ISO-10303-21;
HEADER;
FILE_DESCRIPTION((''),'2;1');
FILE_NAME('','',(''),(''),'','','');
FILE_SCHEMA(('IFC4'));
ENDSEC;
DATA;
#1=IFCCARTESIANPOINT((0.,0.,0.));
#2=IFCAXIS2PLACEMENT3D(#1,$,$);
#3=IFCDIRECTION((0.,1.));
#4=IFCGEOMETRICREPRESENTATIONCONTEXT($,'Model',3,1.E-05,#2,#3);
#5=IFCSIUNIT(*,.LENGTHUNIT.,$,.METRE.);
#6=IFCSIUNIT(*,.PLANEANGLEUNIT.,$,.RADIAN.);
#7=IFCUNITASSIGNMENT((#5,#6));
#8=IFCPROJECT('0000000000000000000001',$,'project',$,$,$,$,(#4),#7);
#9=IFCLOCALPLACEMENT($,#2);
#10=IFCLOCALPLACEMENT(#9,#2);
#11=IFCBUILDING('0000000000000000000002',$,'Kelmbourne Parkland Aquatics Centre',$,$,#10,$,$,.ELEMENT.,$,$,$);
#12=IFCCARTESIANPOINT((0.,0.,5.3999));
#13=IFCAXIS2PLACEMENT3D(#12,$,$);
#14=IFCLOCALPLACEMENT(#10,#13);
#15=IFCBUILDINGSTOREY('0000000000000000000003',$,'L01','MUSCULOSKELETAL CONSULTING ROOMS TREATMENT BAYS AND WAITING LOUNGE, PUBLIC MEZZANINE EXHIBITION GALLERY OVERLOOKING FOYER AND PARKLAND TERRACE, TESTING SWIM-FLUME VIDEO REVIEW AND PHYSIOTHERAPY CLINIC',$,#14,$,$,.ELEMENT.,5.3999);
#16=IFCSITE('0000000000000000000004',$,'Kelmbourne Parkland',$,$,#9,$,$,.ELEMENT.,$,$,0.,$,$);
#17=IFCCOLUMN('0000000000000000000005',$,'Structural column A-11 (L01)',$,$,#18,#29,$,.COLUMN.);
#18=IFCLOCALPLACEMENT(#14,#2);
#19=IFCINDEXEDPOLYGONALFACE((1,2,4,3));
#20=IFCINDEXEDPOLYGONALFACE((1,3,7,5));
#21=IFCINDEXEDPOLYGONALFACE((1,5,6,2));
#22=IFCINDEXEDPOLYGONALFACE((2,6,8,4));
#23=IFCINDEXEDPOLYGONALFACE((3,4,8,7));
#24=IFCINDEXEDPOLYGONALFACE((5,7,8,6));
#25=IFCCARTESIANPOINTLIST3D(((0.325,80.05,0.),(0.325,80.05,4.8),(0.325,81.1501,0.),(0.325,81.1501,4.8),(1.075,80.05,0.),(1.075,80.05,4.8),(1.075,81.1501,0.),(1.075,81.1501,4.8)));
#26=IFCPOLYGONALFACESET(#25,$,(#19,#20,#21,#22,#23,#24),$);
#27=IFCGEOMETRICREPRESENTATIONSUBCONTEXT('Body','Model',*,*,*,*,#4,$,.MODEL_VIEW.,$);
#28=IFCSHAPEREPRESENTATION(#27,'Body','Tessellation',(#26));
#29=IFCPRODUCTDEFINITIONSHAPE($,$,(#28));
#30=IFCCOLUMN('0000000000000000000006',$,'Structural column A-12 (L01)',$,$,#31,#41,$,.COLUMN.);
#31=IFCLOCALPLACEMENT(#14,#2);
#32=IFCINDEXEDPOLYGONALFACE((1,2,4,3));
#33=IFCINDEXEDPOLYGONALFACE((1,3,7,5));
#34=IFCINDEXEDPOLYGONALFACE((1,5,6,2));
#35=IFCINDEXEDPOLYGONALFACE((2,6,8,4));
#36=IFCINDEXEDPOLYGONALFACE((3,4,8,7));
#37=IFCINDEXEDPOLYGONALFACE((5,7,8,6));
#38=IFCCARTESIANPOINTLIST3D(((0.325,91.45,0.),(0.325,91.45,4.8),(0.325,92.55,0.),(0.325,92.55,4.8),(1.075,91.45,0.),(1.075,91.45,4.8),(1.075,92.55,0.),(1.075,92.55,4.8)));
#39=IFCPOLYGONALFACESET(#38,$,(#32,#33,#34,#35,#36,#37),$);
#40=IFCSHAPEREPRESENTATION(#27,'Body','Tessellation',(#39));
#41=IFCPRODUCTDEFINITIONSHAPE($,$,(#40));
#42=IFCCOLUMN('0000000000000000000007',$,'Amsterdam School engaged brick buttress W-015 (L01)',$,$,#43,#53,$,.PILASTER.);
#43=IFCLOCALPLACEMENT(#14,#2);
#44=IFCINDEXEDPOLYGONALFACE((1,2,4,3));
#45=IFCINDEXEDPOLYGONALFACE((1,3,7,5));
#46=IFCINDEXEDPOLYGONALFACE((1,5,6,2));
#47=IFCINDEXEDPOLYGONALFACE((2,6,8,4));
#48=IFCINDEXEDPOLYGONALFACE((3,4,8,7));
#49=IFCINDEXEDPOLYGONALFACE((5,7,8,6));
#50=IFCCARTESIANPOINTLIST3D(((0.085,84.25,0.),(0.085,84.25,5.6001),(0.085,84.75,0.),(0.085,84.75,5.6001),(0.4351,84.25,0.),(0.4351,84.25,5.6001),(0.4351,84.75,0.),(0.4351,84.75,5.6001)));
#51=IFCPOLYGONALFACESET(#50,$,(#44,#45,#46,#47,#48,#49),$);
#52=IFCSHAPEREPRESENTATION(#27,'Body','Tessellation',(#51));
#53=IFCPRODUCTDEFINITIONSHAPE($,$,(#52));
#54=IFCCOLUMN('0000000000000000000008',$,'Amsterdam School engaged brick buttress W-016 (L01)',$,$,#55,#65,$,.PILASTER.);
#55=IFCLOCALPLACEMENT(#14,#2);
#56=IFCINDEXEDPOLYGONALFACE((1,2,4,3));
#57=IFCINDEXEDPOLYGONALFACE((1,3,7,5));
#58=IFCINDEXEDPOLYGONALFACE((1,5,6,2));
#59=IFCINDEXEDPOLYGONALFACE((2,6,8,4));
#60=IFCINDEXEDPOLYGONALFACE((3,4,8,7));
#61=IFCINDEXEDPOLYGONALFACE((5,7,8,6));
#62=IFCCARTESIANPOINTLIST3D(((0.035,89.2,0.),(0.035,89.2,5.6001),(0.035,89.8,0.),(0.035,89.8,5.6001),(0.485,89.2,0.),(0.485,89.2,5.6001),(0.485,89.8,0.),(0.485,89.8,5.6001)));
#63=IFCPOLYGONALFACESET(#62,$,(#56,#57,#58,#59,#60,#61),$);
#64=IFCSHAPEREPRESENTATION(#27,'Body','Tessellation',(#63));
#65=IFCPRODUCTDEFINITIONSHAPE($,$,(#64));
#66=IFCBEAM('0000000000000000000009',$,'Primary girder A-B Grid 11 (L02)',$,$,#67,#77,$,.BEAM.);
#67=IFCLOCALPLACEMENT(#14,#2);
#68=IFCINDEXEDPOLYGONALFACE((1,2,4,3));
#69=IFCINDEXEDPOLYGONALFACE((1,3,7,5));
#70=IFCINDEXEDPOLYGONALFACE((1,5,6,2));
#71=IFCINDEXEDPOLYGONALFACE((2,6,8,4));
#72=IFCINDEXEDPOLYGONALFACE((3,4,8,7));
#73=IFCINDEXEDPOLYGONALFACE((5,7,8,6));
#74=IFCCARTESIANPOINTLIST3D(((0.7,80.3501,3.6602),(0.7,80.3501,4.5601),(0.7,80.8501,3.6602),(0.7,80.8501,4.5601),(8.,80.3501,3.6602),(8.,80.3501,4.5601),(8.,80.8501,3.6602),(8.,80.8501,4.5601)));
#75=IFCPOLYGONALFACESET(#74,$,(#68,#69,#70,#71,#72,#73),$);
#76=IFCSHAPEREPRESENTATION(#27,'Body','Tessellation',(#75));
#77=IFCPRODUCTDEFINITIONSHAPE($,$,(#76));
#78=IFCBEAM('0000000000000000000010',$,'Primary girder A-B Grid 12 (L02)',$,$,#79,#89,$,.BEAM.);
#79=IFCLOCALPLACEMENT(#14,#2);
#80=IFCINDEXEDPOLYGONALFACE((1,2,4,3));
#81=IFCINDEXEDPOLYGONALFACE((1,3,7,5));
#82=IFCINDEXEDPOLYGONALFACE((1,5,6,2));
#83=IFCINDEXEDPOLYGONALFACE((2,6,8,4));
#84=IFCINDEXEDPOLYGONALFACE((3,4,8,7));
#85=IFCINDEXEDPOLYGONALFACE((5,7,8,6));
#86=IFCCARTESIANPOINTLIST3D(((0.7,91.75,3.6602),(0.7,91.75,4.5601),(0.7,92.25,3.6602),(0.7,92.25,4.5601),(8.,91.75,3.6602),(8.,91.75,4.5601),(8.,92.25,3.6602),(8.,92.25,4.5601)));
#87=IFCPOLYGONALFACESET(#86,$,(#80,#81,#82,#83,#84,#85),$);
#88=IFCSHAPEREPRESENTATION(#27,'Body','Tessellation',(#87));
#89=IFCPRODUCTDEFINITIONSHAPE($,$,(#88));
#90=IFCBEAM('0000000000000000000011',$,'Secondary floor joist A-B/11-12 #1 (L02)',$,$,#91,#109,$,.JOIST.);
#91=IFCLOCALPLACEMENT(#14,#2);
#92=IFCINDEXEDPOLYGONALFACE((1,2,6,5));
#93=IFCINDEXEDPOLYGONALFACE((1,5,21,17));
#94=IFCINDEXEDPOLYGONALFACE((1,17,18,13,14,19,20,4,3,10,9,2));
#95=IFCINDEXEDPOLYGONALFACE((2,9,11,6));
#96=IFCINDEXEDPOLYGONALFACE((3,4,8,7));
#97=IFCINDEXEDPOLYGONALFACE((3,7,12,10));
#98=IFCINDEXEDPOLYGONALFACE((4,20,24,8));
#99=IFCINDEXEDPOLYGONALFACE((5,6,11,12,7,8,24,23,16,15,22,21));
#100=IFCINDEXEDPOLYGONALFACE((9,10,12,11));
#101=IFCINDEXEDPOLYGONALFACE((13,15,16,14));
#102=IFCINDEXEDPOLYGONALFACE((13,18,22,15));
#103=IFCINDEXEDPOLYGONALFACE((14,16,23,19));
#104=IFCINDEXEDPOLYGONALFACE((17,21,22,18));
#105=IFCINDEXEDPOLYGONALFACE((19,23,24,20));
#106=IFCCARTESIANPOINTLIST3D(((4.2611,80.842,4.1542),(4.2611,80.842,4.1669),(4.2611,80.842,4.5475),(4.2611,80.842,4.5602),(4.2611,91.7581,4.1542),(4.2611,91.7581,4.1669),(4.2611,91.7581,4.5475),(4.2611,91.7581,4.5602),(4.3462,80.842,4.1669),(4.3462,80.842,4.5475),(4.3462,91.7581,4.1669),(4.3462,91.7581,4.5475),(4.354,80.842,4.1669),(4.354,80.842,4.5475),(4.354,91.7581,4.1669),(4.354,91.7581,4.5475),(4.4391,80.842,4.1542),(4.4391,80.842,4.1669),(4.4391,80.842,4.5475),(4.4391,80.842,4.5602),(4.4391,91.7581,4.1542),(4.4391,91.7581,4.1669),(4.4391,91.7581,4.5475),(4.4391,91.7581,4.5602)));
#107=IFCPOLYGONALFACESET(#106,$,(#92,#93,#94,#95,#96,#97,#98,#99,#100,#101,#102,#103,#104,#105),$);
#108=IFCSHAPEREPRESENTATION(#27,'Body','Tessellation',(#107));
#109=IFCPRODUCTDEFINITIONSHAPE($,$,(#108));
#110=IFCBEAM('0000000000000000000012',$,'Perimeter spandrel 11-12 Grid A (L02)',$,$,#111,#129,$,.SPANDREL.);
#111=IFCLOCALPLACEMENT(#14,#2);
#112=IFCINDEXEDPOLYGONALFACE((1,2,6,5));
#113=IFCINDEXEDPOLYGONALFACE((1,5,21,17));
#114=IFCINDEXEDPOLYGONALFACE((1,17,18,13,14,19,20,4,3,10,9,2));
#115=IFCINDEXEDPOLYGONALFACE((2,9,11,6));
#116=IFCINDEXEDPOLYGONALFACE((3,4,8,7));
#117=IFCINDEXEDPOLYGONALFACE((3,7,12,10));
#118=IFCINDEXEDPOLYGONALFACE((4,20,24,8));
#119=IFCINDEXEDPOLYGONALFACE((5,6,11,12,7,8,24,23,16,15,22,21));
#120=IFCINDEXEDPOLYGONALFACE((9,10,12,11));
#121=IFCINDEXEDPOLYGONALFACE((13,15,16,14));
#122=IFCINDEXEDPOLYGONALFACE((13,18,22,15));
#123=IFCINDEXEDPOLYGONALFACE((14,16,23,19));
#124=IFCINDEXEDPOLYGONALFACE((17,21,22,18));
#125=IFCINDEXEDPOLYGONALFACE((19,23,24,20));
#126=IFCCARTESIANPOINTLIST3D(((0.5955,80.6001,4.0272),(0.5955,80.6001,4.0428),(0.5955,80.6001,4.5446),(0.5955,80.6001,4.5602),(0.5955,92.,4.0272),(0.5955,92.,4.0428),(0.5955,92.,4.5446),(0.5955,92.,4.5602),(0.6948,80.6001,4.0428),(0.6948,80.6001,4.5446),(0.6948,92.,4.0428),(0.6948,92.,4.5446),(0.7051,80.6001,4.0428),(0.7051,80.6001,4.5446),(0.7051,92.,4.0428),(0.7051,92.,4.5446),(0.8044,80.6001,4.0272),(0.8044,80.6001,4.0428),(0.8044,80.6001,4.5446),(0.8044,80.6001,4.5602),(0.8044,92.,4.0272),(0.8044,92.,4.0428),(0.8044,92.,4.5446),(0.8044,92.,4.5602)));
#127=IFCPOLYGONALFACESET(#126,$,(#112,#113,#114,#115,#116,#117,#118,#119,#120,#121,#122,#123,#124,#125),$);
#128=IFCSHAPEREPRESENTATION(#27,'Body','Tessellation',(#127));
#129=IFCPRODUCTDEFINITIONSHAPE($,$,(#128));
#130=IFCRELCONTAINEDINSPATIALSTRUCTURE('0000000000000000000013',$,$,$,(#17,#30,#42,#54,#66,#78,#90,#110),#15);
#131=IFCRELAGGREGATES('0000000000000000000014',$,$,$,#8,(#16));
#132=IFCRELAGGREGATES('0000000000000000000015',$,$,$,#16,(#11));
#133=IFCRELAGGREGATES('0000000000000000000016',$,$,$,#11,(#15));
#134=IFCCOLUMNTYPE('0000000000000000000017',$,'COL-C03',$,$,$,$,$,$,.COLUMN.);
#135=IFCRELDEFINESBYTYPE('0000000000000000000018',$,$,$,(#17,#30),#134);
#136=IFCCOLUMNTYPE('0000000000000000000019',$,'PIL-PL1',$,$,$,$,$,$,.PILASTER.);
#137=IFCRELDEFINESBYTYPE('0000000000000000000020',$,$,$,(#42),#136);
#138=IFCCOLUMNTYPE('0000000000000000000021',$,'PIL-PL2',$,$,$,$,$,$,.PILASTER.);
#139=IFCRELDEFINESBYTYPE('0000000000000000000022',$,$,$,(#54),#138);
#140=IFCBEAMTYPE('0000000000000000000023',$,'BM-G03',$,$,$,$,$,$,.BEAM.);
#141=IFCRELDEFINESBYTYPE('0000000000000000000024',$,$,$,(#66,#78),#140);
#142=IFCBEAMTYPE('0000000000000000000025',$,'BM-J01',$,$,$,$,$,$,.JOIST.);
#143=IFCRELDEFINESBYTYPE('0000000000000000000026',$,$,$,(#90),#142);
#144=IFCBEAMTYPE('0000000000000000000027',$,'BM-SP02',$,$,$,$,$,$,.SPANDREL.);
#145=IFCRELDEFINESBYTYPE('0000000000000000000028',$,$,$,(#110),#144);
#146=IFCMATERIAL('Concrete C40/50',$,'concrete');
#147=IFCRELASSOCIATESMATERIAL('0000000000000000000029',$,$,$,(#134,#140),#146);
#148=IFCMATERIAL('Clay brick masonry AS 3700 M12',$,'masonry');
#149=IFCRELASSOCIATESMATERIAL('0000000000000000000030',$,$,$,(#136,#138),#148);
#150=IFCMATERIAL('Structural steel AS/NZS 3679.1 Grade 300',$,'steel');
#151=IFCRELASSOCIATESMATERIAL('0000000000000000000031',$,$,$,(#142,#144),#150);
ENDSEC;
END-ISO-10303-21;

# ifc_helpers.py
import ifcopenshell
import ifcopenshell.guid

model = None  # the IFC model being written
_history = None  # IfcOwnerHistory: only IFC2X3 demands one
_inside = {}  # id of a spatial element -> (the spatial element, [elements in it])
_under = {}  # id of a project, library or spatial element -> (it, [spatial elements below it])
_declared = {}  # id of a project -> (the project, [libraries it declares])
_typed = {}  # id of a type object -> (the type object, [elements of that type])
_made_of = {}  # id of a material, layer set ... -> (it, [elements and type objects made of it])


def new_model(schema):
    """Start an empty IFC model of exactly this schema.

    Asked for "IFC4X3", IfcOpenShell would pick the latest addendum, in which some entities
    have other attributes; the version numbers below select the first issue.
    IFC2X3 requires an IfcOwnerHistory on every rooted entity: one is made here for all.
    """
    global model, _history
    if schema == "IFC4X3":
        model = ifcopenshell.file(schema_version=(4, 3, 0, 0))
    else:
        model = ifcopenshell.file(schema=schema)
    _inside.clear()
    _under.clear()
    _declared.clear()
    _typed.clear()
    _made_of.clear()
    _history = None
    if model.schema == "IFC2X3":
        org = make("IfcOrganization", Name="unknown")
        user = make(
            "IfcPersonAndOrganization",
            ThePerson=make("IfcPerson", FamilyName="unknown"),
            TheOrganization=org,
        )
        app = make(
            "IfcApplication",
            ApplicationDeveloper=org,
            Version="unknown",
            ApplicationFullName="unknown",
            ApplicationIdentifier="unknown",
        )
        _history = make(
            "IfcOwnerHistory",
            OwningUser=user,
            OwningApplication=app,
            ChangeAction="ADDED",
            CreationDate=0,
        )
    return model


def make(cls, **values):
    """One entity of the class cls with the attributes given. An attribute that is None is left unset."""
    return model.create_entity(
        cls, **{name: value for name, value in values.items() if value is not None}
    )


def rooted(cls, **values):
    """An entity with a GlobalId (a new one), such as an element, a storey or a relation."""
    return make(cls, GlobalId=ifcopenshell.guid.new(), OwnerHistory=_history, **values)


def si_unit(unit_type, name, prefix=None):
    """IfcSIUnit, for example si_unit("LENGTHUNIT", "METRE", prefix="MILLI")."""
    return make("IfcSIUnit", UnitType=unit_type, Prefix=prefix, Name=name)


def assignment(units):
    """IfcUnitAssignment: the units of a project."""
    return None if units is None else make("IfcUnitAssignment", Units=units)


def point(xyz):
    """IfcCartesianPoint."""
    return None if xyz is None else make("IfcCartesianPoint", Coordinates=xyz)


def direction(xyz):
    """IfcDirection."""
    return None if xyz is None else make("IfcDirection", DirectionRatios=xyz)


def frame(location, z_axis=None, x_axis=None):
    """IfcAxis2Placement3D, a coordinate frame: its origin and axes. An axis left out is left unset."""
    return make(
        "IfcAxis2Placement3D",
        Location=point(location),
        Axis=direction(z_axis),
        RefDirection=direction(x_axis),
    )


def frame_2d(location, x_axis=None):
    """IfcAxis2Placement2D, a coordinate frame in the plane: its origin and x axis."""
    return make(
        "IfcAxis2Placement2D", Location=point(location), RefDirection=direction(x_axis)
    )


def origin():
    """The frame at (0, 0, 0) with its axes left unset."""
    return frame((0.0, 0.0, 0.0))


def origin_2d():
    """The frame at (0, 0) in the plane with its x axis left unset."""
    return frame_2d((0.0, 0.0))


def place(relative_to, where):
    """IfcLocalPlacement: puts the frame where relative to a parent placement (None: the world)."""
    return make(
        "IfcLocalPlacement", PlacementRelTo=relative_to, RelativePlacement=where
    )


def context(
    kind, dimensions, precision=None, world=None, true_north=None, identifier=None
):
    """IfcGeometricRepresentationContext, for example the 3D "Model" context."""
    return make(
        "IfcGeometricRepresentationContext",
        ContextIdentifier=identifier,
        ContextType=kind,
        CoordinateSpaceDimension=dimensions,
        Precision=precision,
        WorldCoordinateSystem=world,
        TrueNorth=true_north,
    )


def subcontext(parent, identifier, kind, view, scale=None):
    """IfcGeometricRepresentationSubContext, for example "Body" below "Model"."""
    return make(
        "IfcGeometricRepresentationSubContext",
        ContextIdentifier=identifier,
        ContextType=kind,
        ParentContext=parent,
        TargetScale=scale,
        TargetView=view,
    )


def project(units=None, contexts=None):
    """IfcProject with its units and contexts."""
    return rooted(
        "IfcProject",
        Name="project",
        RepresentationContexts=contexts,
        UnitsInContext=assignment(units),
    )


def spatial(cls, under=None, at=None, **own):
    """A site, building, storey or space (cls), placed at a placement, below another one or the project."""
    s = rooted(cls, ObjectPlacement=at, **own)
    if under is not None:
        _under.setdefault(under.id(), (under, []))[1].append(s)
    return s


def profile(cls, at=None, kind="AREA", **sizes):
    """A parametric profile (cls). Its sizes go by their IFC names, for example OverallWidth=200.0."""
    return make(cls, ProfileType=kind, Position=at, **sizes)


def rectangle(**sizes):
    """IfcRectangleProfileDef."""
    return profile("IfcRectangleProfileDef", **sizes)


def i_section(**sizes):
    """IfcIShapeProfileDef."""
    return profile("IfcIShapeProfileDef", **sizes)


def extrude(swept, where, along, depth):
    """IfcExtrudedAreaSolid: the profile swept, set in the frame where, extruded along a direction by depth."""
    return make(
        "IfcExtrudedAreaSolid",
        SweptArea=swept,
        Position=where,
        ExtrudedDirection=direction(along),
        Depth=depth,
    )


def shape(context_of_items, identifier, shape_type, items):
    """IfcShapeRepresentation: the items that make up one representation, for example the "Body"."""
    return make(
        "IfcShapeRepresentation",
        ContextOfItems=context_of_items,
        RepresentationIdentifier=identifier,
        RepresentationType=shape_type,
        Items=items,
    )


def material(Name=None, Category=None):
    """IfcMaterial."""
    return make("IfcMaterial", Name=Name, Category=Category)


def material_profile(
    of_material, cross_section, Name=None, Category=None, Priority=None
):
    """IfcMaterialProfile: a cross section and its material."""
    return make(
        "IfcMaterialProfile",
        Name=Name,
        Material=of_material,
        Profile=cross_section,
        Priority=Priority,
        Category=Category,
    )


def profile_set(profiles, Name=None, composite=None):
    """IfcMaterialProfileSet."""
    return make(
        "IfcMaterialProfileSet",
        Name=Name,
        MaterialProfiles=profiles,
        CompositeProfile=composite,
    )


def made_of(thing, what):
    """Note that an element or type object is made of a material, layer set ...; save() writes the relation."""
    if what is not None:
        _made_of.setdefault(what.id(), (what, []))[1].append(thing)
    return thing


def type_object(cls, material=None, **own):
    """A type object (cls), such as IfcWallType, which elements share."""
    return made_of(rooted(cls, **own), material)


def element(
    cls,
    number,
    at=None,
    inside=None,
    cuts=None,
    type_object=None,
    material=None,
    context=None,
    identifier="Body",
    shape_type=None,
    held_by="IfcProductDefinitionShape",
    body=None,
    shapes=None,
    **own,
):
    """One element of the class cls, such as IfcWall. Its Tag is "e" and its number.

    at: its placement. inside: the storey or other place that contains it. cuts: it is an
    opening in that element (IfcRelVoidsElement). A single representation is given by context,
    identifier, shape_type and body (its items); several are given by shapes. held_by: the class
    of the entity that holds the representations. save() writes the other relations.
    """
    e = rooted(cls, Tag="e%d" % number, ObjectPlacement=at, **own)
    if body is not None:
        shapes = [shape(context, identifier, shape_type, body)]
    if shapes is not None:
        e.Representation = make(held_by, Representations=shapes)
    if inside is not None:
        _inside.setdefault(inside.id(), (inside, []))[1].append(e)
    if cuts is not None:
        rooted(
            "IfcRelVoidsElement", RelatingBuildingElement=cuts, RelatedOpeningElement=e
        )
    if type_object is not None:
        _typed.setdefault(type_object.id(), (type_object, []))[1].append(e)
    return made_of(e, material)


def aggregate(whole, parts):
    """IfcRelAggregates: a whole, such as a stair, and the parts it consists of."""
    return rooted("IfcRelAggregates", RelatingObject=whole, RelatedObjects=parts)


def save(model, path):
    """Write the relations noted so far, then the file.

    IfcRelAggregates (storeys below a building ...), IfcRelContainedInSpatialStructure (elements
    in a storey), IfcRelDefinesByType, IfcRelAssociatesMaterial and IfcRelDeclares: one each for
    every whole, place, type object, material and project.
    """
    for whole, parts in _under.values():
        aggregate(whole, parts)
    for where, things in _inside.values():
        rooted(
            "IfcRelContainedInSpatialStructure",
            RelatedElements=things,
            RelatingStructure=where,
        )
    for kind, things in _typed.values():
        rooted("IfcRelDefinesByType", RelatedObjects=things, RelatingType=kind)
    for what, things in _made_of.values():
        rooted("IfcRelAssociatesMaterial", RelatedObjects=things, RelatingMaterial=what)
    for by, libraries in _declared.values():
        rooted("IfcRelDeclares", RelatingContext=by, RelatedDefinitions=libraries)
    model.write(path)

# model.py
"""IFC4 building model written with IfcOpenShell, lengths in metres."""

from ifc_helpers import new_model, si_unit, direction, frame, origin, origin_2d, place, context, subcontext, project, spatial, rectangle, i_section, extrude, material, material_profile, profile_set, type_object, element, save


model = new_model("IFC4")

# Units and contexts
model_context = context("Model", 3, precision=1e-05, world=origin(), true_north=direction((0.0, 1.0)))
body_context = subcontext(model_context, "Body", "Model", "MODEL_VIEW")
ifc_project = project(units=[si_unit("LENGTHUNIT", "METRE"), si_unit("PLANEANGLEUNIT", "RADIAN")], contexts=[model_context])

# Site, building, storey
site_placement = place(None, origin())
site = spatial("IfcSite", under=ifc_project, at=site_placement, Name="Kelmbourne Parkland", CompositionType="ELEMENT", RefElevation=0.0)
building_placement = place(site_placement, origin())
building = spatial("IfcBuilding", under=site, at=building_placement, Name="Kelmbourne Parkland Aquatics Centre", CompositionType="ELEMENT")
storey_placement = place(building_placement, frame((0.0, 0.0, 5.3999)))
storey = spatial("IfcBuildingStorey", under=building, at=storey_placement, Name="L01", Description="MUSCULOSKELETAL CONSULTING ROOMS TREATMENT BAYS AND WAITING LOUNGE, PUBLIC MEZZANINE EXHIBITION GALLERY OVERLOOKING FOYER AND PARKLAND TERRACE, TESTING SWIM-FLUME VIDEO REVIEW AND PHYSIOTHERAPY CLINIC", CompositionType="ELEMENT", Elevation=5.3999)

# Columns
ifc_material_1 = material(Name="Concrete C40/50", Category="concrete")
ifc_material_profile_1 = material_profile(ifc_material_1, rectangle(XDim=0.75, YDim=1.1001, at=origin_2d()), Name="RC 750x1100")
ifc_profile_set_1 = profile_set([ifc_material_profile_1], Name="Concrete C40/50")
column_type_1 = type_object("IfcColumnType", Name="COL-C03", PredefinedType="COLUMN", material=ifc_profile_set_1)
for number, where, z_axis, x_axis, name in (
    (1, (0.7, 80.6001, 0.0), (0.0, 0.0, 1.0), (1.0, 0.0, 0.0), "Structural column A-11 (L01)"),
    (2, (0.7, 92.0, 0.0), (0.0, 0.0, 1.0), (1.0, 0.0, 0.0), "Structural column A-12 (L01)"),
):
    element("IfcColumn", number, at=place(storey_placement, frame(where, z_axis=z_axis, x_axis=x_axis)), inside=storey, type_object=column_type_1, Name=name, PredefinedType="COLUMN", context=body_context, shape_type="SweptSolid", body=[
        extrude(rectangle(XDim=0.75, YDim=1.1001, at=origin_2d()), origin(), (0.0, 0.0, 1.0), 4.8),
    ])
ifc_material_2 = material(Name="Clay brick masonry AS 3700 M12", Category="masonry")
ifc_material_profile_2 = material_profile(ifc_material_2, rectangle(XDim=0.3501, YDim=0.5, at=origin_2d()), Name="PIL 350x500")
ifc_profile_set_2 = profile_set([ifc_material_profile_2], Name="Clay brick masonry AS 3700 M12")
column_type_2 = type_object("IfcColumnType", Name="PIL-PL1", PredefinedType="PILASTER", material=ifc_profile_set_2)
column_1_placement = place(storey_placement, frame((0.26, 84.5, 0.0), z_axis=(0.0, 0.0, 1.0), x_axis=(1.0, 0.0, 0.0)))
element("IfcColumn", 3, at=column_1_placement, inside=storey, type_object=column_type_2, Name="Amsterdam School engaged brick buttress W-015 (L01)", PredefinedType="PILASTER", context=body_context, shape_type="SweptSolid", body=[
    extrude(rectangle(XDim=0.3501, YDim=0.5, at=origin_2d()), origin(), (0.0, 0.0, 1.0), 5.6001),
])
ifc_material_profile_3 = material_profile(ifc_material_2, rectangle(XDim=0.45, YDim=0.6001, at=origin_2d()), Name="PIL 450x600")
ifc_profile_set_3 = profile_set([ifc_material_profile_3], Name="Clay brick masonry AS 3700 M12")
column_type_3 = type_object("IfcColumnType", Name="PIL-PL2", PredefinedType="PILASTER", material=ifc_profile_set_3)
column_2_placement = place(storey_placement, frame((0.26, 89.5, 0.0), z_axis=(0.0, 0.0, 1.0), x_axis=(1.0, 0.0, 0.0)))
element("IfcColumn", 4, at=column_2_placement, inside=storey, type_object=column_type_3, Name="Amsterdam School engaged brick buttress W-016 (L01)", PredefinedType="PILASTER", context=body_context, shape_type="SweptSolid", body=[
    extrude(rectangle(XDim=0.45, YDim=0.6001, at=origin_2d()), origin(), (0.0, 0.0, 1.0), 5.6001),
])

# Beams
ifc_material_profile_4 = material_profile(ifc_material_1, rectangle(XDim=0.5, YDim=0.8999, at=origin_2d()), Name="RC 500x900")
ifc_profile_set_4 = profile_set([ifc_material_profile_4], Name="Concrete C40/50")
beam_type_1 = type_object("IfcBeamType", Name="BM-G03", PredefinedType="BEAM", material=ifc_profile_set_4)
for number, where, z_axis, x_axis, name in (
    (5, (0.7, 80.6001, 4.1101), (1.0, 0.0, 0.0), (0.0, 1.0, 0.0), "Primary girder A-B Grid 11 (L02)"),
    (6, (0.7, 92.0, 4.1101), (1.0, 0.0, 0.0), (0.0, 1.0, 0.0), "Primary girder A-B Grid 12 (L02)"),
):
    element("IfcBeam", number, at=place(storey_placement, frame(where, z_axis=z_axis, x_axis=x_axis)), inside=storey, type_object=beam_type_1, Name=name, PredefinedType="BEAM", context=body_context, shape_type="SweptSolid", body=[
        extrude(rectangle(XDim=0.5, YDim=0.8999, at=origin_2d()), origin(), (0.0, 0.0, 1.0), 7.3),
    ])
ifc_material_3 = material(Name="Structural steel AS/NZS 3679.1 Grade 300", Category="steel")
ifc_material_profile_5 = material_profile(ifc_material_3, i_section(OverallWidth=0.178, OverallDepth=0.406, WebThickness=0.0078, FlangeThickness=0.0127, at=origin_2d()), Name="410UB59.7")
ifc_profile_set_5 = profile_set([ifc_material_profile_5], Name="Structural steel AS/NZS 3679.1 Grade 300")
beam_type_2 = type_object("IfcBeamType", Name="BM-J01", PredefinedType="JOIST", material=ifc_profile_set_5)
beam_1_placement = place(storey_placement, frame((4.3501, 80.842, 4.3572), z_axis=(0.0, 1.0, 0.0), x_axis=(-1.0, 0.0, 0.0)))
element("IfcBeam", 7, at=beam_1_placement, inside=storey, type_object=beam_type_2, Name="Secondary floor joist A-B/11-12 #1 (L02)", PredefinedType="JOIST", context=body_context, shape_type="SweptSolid", body=[
    extrude(i_section(OverallWidth=0.178, OverallDepth=0.406, WebThickness=0.0078, FlangeThickness=0.0127, at=origin_2d()), origin(), (0.0, 0.0, 1.0), 10.916),
])
ifc_material_profile_6 = material_profile(ifc_material_3, i_section(OverallWidth=0.209, OverallDepth=0.533, WebThickness=0.0103, FlangeThickness=0.0156, at=origin_2d()), Name="530UB92.4")
ifc_profile_set_6 = profile_set([ifc_material_profile_6], Name="Structural steel AS/NZS 3679.1 Grade 300")
beam_type_3 = type_object("IfcBeamType", Name="BM-SP02", PredefinedType="SPANDREL", material=ifc_profile_set_6)
beam_2_placement = place(storey_placement, frame((0.7, 80.6001, 4.2937), z_axis=(0.0, 1.0, 0.0), x_axis=(-1.0, 0.0, 0.0)))
element("IfcBeam", 8, at=beam_2_placement, inside=storey, type_object=beam_type_3, Name="Perimeter spandrel 11-12 Grid A (L02)", PredefinedType="SPANDREL", context=body_context, shape_type="SweptSolid", body=[
    extrude(i_section(OverallWidth=0.209, OverallDepth=0.533, WebThickness=0.0103, FlangeThickness=0.0156, at=origin_2d()), origin(), (0.0, 0.0, 1.0), 11.3999),
])

save(model, "model.ifc")
